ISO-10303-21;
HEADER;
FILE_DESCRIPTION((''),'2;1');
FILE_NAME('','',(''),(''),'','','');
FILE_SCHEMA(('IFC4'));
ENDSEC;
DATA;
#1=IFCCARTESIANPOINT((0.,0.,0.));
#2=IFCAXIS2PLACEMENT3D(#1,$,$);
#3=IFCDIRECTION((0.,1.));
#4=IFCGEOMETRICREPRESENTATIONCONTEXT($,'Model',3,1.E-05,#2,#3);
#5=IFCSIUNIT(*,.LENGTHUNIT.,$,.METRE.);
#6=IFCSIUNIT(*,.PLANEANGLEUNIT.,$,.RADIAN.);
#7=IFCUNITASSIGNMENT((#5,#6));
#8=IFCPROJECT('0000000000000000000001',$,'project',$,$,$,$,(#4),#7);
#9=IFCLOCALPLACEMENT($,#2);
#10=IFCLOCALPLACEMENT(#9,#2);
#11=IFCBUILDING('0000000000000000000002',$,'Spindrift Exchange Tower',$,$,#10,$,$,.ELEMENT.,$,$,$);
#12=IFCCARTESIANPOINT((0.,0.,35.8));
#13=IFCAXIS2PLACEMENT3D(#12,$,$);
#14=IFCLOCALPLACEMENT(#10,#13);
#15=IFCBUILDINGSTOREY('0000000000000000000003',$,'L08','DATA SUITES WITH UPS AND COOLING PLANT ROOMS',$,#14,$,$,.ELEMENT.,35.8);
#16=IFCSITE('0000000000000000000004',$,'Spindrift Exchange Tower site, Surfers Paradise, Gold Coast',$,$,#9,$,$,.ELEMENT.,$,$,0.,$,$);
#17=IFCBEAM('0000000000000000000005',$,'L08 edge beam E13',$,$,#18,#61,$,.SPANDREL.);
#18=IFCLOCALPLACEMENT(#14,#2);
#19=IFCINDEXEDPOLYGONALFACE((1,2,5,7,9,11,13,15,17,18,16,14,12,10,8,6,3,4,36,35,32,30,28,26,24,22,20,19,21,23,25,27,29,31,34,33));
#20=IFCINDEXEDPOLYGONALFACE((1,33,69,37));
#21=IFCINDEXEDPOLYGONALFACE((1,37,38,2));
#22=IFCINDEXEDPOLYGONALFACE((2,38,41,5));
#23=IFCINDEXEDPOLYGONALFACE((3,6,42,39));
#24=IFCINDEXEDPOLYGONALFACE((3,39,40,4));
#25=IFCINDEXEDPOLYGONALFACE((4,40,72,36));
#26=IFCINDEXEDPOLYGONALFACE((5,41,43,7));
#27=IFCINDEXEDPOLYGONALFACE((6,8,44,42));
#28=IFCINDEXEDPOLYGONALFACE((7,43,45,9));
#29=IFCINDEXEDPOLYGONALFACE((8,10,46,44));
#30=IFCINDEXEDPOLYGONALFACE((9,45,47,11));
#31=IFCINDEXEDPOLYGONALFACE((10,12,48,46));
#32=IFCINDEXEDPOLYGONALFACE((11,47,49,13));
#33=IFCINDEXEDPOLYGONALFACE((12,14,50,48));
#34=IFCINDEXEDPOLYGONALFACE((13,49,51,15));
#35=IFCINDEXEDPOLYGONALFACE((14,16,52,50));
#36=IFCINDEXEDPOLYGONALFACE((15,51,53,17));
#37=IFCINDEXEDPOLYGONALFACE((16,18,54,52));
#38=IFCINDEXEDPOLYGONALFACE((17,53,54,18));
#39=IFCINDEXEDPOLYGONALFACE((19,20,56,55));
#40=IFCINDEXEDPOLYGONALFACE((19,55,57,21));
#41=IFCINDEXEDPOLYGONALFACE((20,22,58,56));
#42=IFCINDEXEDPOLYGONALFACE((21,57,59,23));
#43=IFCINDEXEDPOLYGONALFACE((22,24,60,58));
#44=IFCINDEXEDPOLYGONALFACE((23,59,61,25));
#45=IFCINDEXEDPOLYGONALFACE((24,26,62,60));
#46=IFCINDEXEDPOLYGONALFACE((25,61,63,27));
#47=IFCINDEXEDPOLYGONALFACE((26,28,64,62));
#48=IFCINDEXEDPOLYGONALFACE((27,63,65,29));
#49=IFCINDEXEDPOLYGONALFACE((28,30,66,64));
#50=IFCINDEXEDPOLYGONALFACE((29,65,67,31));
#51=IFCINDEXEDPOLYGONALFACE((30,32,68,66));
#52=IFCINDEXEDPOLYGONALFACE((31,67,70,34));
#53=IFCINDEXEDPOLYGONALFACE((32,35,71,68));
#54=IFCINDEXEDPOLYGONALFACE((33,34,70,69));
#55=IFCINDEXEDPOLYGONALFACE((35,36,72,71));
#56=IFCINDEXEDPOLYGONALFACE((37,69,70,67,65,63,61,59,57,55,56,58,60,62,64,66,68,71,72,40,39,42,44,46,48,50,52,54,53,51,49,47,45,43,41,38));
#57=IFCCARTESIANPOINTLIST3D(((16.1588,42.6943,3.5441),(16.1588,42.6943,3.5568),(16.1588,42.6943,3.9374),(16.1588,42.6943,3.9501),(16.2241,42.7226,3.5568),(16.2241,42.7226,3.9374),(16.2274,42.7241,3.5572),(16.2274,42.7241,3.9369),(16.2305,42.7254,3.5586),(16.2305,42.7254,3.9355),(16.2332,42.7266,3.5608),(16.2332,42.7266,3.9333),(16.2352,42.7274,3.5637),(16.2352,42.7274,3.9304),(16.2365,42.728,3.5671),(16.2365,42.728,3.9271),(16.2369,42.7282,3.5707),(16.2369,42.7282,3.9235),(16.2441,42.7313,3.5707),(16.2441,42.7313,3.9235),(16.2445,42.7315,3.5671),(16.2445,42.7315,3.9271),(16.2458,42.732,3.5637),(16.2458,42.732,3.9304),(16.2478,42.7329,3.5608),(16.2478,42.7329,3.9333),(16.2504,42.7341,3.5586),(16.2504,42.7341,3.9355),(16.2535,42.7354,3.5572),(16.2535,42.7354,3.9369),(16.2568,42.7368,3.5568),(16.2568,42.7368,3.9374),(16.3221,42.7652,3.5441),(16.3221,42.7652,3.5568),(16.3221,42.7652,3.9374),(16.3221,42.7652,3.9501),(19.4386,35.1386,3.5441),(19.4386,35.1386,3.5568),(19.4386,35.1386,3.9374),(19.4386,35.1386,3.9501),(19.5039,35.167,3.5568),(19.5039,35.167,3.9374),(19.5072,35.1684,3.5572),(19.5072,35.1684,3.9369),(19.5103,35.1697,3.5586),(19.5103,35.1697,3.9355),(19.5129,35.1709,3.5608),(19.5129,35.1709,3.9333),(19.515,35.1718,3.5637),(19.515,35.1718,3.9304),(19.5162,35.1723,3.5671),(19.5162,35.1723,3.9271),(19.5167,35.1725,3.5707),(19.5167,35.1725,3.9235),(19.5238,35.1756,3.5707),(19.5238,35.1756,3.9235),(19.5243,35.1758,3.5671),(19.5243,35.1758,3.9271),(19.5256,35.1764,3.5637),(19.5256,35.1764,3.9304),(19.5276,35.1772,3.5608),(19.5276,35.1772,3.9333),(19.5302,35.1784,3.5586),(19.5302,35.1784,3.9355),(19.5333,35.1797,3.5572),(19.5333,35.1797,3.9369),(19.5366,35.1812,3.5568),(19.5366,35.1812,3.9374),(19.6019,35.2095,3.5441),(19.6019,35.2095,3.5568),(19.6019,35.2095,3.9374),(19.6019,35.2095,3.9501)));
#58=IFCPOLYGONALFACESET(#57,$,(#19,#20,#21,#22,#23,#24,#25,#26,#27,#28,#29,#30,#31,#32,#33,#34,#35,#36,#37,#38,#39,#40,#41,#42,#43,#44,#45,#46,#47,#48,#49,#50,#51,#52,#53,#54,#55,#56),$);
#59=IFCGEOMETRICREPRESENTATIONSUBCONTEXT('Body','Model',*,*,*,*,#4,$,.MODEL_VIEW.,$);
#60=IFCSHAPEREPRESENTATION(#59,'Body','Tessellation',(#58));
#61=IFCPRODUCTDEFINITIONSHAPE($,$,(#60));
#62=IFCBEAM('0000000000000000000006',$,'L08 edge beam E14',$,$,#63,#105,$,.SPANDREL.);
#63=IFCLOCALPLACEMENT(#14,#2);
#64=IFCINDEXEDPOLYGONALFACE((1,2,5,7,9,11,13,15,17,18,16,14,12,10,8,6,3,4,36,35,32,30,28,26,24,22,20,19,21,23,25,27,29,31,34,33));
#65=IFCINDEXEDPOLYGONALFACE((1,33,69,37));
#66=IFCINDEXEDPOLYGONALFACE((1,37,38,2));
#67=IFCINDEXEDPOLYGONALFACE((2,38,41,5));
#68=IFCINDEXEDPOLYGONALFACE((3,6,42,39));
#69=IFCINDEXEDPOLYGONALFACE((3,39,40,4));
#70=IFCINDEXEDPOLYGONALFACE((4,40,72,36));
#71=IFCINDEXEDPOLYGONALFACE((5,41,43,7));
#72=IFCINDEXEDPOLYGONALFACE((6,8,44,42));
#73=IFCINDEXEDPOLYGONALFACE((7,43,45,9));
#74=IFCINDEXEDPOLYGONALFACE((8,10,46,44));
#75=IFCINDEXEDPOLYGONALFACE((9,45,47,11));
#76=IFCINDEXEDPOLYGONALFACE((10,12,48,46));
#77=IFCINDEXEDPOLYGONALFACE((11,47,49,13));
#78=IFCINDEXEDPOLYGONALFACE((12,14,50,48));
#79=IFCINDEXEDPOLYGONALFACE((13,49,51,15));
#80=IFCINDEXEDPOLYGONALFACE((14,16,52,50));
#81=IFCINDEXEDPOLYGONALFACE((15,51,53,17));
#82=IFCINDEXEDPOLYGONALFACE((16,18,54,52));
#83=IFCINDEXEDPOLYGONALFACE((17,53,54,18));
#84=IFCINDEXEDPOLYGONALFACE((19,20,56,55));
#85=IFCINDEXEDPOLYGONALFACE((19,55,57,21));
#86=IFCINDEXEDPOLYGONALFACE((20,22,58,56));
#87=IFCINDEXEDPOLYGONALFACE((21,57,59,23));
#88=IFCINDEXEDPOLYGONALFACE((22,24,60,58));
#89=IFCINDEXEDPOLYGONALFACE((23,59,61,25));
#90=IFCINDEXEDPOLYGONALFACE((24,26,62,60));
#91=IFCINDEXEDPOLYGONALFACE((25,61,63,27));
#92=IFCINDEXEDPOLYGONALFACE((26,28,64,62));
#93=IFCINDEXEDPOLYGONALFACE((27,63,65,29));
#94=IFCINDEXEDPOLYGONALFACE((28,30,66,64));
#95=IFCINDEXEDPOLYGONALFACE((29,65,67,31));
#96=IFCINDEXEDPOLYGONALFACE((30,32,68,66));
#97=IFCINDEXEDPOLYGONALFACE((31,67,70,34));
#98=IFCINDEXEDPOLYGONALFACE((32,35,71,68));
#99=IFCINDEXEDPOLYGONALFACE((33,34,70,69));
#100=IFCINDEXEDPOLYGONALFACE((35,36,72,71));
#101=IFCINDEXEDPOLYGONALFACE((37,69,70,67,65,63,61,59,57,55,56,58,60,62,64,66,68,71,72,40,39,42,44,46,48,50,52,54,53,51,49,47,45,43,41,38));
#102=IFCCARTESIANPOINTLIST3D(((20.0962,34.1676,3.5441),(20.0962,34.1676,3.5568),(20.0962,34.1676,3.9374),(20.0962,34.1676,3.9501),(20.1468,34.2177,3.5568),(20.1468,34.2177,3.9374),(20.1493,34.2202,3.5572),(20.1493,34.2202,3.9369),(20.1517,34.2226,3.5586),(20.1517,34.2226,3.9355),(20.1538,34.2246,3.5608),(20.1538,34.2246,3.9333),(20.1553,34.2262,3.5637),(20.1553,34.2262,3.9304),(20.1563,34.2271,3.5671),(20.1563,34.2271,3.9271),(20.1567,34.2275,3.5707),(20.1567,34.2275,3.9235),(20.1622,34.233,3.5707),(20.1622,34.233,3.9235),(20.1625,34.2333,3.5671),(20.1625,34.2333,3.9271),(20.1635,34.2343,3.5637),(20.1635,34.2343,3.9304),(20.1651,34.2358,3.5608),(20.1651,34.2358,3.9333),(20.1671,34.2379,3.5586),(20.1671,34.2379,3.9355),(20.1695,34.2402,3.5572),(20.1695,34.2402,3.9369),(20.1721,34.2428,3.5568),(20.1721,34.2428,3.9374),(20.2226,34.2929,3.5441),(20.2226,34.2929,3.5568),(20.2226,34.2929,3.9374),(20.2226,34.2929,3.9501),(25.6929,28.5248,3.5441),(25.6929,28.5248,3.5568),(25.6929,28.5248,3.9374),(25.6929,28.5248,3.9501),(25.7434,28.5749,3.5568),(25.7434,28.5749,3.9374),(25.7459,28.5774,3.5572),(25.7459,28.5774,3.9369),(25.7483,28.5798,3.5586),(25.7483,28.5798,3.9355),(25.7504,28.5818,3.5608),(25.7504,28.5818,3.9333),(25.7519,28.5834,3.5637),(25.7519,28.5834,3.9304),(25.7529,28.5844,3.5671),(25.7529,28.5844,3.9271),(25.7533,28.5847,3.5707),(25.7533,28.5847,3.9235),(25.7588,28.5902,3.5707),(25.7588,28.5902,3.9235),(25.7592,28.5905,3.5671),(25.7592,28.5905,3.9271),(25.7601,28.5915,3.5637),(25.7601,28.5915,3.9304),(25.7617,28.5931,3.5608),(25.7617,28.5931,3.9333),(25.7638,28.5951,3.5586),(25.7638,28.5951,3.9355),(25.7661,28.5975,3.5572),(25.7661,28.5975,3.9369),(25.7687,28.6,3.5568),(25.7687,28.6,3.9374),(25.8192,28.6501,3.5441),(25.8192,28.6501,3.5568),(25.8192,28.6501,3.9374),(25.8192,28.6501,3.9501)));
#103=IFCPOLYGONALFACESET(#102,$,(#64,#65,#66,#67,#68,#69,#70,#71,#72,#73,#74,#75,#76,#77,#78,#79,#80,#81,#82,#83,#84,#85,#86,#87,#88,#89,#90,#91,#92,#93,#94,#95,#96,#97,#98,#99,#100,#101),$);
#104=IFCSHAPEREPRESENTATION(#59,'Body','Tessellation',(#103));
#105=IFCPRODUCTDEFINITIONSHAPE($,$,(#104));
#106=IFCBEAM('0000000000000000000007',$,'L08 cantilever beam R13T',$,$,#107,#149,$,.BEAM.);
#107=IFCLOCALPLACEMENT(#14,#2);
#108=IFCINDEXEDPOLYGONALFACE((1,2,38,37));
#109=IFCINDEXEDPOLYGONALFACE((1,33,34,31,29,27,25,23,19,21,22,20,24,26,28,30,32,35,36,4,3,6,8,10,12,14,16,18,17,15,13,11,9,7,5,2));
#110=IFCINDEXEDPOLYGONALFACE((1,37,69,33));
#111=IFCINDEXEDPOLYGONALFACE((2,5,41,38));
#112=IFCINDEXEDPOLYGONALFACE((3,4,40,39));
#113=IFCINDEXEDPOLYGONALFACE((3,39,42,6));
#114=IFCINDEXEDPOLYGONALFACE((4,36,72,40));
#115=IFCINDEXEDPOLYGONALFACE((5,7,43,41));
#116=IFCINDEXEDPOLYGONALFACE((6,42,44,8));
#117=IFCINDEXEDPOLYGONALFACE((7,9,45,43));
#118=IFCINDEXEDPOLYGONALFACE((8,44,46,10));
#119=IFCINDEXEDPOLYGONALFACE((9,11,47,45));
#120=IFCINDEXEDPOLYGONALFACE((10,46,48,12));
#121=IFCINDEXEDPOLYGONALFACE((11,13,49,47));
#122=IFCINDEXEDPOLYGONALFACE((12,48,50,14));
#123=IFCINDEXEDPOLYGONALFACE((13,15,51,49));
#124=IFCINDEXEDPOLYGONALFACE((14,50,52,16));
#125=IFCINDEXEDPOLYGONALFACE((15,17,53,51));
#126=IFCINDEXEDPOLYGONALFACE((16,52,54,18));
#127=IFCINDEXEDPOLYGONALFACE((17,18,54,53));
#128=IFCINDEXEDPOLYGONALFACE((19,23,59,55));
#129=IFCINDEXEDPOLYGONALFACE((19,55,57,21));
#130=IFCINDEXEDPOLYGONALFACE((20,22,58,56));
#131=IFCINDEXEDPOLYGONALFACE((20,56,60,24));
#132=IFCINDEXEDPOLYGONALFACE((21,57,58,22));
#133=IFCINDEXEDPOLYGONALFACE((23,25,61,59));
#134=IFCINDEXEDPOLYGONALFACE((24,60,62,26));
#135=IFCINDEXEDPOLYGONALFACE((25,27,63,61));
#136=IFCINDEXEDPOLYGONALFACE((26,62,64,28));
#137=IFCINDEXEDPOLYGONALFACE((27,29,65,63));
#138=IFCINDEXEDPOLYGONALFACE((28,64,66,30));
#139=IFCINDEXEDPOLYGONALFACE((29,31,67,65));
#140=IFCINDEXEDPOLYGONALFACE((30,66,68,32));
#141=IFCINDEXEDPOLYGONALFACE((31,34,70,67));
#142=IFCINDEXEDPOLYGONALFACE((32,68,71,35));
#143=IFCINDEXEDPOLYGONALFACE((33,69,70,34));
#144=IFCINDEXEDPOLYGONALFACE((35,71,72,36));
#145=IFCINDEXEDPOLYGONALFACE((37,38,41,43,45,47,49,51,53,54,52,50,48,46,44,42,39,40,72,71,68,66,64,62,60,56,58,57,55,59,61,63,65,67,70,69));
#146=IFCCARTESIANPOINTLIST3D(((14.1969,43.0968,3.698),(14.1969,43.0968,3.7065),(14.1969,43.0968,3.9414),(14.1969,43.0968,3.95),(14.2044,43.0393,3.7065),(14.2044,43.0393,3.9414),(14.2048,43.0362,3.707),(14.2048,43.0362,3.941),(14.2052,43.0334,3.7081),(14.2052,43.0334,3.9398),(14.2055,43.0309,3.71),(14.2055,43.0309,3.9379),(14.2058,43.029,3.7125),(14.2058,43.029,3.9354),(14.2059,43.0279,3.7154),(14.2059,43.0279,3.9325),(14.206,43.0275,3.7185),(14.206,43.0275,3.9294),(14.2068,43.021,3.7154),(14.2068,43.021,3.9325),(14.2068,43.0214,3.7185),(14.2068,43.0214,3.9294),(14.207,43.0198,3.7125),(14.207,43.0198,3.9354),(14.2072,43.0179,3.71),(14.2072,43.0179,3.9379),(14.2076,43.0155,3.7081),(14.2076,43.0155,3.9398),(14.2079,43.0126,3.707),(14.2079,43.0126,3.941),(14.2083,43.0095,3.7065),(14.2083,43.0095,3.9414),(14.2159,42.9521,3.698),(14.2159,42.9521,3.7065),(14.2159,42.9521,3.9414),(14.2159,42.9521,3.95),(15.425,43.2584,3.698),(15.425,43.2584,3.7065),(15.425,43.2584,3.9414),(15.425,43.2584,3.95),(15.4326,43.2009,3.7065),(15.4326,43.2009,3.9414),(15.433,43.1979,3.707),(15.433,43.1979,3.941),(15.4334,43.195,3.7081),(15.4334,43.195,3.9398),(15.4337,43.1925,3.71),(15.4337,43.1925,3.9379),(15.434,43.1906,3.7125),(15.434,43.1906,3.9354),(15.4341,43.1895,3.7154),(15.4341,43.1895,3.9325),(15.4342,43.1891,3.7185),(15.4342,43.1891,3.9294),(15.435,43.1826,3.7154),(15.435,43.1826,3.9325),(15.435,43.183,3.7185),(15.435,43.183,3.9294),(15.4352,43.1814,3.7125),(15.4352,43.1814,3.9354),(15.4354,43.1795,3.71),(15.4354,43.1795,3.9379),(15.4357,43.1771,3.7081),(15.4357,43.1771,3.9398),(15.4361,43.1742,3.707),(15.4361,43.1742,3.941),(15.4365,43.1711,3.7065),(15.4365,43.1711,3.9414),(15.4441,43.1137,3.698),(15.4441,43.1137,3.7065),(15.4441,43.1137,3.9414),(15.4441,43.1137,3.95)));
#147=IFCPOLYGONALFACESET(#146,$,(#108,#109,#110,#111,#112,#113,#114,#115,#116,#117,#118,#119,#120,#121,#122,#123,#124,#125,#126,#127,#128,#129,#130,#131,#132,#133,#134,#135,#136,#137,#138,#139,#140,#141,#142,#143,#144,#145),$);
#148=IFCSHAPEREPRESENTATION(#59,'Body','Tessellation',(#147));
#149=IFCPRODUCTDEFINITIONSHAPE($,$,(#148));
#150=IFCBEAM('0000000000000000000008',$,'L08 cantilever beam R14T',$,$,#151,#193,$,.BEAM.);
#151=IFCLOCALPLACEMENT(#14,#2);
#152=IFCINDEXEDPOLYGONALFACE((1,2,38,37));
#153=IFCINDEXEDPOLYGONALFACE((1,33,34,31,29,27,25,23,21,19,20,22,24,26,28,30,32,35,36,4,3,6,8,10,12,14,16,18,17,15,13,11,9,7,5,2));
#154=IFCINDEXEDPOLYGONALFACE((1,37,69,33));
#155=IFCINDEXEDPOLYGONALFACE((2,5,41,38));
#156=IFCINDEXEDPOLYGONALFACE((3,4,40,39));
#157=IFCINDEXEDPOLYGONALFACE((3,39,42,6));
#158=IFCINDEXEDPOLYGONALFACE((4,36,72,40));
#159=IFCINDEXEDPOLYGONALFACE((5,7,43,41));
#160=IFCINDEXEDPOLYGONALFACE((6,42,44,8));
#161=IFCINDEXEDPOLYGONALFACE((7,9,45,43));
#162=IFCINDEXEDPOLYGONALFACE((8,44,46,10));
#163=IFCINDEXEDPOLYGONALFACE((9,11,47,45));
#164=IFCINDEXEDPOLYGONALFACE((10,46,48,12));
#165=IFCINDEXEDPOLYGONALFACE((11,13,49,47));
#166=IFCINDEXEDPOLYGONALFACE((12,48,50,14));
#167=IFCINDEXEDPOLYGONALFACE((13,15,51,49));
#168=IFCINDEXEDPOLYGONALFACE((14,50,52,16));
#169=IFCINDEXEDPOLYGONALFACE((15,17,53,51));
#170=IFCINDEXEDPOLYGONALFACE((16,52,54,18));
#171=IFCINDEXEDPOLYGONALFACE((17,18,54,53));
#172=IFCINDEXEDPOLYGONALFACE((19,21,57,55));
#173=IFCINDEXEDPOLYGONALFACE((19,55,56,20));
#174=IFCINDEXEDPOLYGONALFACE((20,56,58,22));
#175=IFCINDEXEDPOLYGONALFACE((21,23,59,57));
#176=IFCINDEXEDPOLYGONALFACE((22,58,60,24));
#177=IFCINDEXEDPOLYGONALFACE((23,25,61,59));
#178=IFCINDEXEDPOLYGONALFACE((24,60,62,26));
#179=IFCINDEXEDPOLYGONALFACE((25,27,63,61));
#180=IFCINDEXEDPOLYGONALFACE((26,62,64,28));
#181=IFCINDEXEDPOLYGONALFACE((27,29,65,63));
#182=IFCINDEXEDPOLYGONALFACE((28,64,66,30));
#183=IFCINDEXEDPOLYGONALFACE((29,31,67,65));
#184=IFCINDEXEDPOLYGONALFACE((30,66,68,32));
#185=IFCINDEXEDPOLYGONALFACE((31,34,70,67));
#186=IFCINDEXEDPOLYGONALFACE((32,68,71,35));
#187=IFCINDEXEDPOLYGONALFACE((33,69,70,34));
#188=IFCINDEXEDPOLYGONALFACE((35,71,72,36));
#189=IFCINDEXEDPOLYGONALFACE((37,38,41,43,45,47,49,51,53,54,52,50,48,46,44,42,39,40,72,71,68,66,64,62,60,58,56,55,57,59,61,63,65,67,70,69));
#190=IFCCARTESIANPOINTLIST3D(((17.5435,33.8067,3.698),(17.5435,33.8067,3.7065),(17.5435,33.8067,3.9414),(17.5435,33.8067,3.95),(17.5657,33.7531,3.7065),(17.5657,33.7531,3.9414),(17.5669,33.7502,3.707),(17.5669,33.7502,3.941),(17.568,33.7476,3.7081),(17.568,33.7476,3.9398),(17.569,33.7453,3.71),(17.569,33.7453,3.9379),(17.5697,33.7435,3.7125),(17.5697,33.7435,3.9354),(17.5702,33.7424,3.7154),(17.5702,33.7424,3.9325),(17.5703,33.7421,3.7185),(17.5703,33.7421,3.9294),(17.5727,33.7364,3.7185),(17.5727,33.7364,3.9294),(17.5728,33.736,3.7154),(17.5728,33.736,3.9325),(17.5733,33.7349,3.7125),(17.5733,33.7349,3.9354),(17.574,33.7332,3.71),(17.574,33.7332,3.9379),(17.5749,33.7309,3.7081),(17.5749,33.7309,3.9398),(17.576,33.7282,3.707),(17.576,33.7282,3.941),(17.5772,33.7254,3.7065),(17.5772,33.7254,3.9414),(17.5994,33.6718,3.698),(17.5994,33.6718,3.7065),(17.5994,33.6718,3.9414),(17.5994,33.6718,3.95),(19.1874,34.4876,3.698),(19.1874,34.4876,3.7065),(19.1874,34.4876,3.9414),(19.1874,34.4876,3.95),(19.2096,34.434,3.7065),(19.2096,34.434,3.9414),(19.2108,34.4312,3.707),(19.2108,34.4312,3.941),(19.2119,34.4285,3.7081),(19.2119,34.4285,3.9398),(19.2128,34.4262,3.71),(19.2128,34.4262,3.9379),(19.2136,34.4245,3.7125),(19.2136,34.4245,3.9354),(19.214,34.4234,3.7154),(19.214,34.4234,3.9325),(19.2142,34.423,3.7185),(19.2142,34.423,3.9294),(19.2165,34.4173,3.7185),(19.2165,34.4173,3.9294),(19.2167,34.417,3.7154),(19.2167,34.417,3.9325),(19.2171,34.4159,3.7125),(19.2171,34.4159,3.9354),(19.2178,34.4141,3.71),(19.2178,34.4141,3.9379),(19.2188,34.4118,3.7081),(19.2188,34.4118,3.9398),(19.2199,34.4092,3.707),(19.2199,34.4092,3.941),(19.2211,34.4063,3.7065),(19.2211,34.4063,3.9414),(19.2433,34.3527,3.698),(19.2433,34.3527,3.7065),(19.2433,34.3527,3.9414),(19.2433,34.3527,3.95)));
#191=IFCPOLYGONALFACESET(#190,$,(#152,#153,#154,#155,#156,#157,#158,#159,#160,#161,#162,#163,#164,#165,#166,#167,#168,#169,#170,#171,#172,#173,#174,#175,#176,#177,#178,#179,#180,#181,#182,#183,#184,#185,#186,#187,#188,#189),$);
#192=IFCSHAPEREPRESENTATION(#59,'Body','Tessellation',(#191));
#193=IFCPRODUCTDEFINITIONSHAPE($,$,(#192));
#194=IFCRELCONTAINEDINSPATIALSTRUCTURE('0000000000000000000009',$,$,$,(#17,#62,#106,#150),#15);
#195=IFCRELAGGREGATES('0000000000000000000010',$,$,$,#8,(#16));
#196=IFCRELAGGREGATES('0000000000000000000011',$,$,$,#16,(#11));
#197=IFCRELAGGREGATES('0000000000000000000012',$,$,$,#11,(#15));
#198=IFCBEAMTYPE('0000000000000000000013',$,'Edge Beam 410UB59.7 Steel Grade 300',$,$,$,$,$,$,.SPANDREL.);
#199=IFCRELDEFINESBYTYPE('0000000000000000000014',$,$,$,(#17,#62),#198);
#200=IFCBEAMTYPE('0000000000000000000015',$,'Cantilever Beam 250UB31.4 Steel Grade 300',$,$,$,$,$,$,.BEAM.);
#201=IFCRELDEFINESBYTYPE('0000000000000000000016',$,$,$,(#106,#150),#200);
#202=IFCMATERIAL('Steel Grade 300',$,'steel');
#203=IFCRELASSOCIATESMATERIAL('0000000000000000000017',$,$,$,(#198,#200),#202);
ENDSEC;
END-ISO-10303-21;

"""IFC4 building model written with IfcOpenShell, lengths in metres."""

from ifc_helpers import new_model, si_unit, direction, frame, origin, origin_2d, place, context, subcontext, project, spatial, i_section, extrude, source, transform, mapped, material, material_profile, profile_set, type_object, element, save


model = new_model("IFC4")

# Units and contexts
model_context = context("Model", 3, precision=1e-05, world=origin(), true_north=direction((0.0, 1.0)))
body_context = subcontext(model_context, "Body", "Model", "MODEL_VIEW")
ifc_project = project(units=[si_unit("LENGTHUNIT", "METRE"), si_unit("PLANEANGLEUNIT", "RADIAN")], contexts=[model_context])

# Site, building, storey
site_placement = place(None, origin())
site = spatial("IfcSite", under=ifc_project, at=site_placement, Name="Spindrift Exchange Tower site, Surfers Paradise, Gold Coast", CompositionType="ELEMENT", RefElevation=0.0)
building_placement = place(site_placement, origin())
building = spatial("IfcBuilding", under=site, at=building_placement, Name="Spindrift Exchange Tower", CompositionType="ELEMENT")
storey_placement = place(building_placement, frame((0.0, 0.0, 35.8)))
storey = spatial("IfcBuildingStorey", under=building, at=storey_placement, Name="L08", Description="DATA SUITES WITH UPS AND COOLING PLANT ROOMS", CompositionType="ELEMENT", Elevation=35.8)

# Beams
ifc_material_1 = material(Name="Steel Grade 300", Category="steel")
ifc_material_profile_1 = material_profile(ifc_material_1, i_section(OverallWidth=0.178, OverallDepth=0.406, WebThickness=0.0078, FlangeThickness=0.0127, FilletRadius=0.0139, at=origin_2d()), Name="410UB59.7")
ifc_profile_set_1 = profile_set([ifc_material_profile_1], Name="Steel Grade 300")
beam_type_1 = type_object("IfcBeamType", Name="Edge Beam 410UB59.7 Steel Grade 300", PredefinedType="SPANDREL", material=ifc_profile_set_1)
shared_shape_1 = source(origin(), body_context, "Body", "SweptSolid", [
    extrude(i_section(OverallWidth=0.178, OverallDepth=0.406, WebThickness=0.0078, FlangeThickness=0.0127, FilletRadius=0.0139, at=origin_2d()), origin(), (0.0, 0.0, 1.0), 8.2368),
])
beam_1_placement = place(storey_placement, frame((16.2405, 42.7297, 3.7471), z_axis=(0.398186, -0.917305, 0.0), x_axis=(0.917305, 0.398186, 0.0)))
element("IfcBeam", 1, at=beam_1_placement, inside=storey, type_object=beam_type_1, Name="L08 edge beam E13", PredefinedType="SPANDREL", context=body_context, shape_type="MappedRepresentation", body=[
    mapped(shared_shape_1, transform((0.0, 0.0, 0.0), scale=1.0)),
])
shared_shape_2 = source(origin(), body_context, "Body", "SweptSolid", [
    extrude(i_section(OverallWidth=0.178, OverallDepth=0.406, WebThickness=0.0078, FlangeThickness=0.0127, FilletRadius=0.0139, at=origin_2d()), origin(), (0.0, 0.0, 1.0), 7.9475),
])
beam_2_placement = place(storey_placement, frame((20.1594, 34.2302, 3.7471), z_axis=(0.704198, -0.710004, 0.0), x_axis=(0.710004, 0.704198, 0.0)))
element("IfcBeam", 2, at=beam_2_placement, inside=storey, type_object=beam_type_1, Name="L08 edge beam E14", PredefinedType="SPANDREL", context=body_context, shape_type="MappedRepresentation", body=[
    mapped(shared_shape_2, transform((0.0, 0.0, 0.0), scale=1.0)),
])
ifc_material_profile_2 = material_profile(ifc_material_1, i_section(OverallWidth=0.146, OverallDepth=0.252, WebThickness=0.0061, FlangeThickness=0.0085, FilletRadius=0.012, at=origin_2d()), Name="250UB31.4")
ifc_profile_set_2 = profile_set([ifc_material_profile_2], Name="Steel Grade 300")
beam_type_2 = type_object("IfcBeamType", Name="Cantilever Beam 250UB31.4 Steel Grade 300", PredefinedType="BEAM", material=ifc_profile_set_2)
shared_shape_3 = source(origin(), body_context, "Body", "SweptSolid", [
    extrude(i_section(OverallWidth=0.146, OverallDepth=0.252, WebThickness=0.0061, FlangeThickness=0.0085, FilletRadius=0.012, at=origin_2d()), origin(), (0.0, 0.0, 1.0), 1.2388),
])
beam_3_placement = place(storey_placement, frame((15.4346, 43.186, 3.824), z_axis=(-0.991454, -0.13046, 0.0), x_axis=(0.13046, -0.991454, 0.0)))
element("IfcBeam", 3, at=beam_3_placement, inside=storey, type_object=beam_type_2, Name="L08 cantilever beam R13T", PredefinedType="BEAM", context=body_context, shape_type="MappedRepresentation", body=[
    mapped(shared_shape_3, transform((0.0, 0.0, 0.0), scale=1.0)),
])
shared_shape_4 = source(origin(), body_context, "Body", "SweptSolid", [
    extrude(i_section(OverallWidth=0.146, OverallDepth=0.252, WebThickness=0.0061, FlangeThickness=0.0085, FilletRadius=0.012, at=origin_2d()), origin(), (0.0, 0.0, 1.0), 1.7793),
])
beam_4_placement = place(storey_placement, frame((19.2153, 34.4202, 3.824), z_axis=(-0.923875, -0.382695, 0.0), x_axis=(0.382695, -0.923875, 0.0)))
element("IfcBeam", 4, at=beam_4_placement, inside=storey, type_object=beam_type_2, Name="L08 cantilever beam R14T", PredefinedType="BEAM", context=body_context, shape_type="MappedRepresentation", body=[
    mapped(shared_shape_4, transform((0.0, 0.0, 0.0), scale=1.0)),
])

save(model, "model.ifc")
